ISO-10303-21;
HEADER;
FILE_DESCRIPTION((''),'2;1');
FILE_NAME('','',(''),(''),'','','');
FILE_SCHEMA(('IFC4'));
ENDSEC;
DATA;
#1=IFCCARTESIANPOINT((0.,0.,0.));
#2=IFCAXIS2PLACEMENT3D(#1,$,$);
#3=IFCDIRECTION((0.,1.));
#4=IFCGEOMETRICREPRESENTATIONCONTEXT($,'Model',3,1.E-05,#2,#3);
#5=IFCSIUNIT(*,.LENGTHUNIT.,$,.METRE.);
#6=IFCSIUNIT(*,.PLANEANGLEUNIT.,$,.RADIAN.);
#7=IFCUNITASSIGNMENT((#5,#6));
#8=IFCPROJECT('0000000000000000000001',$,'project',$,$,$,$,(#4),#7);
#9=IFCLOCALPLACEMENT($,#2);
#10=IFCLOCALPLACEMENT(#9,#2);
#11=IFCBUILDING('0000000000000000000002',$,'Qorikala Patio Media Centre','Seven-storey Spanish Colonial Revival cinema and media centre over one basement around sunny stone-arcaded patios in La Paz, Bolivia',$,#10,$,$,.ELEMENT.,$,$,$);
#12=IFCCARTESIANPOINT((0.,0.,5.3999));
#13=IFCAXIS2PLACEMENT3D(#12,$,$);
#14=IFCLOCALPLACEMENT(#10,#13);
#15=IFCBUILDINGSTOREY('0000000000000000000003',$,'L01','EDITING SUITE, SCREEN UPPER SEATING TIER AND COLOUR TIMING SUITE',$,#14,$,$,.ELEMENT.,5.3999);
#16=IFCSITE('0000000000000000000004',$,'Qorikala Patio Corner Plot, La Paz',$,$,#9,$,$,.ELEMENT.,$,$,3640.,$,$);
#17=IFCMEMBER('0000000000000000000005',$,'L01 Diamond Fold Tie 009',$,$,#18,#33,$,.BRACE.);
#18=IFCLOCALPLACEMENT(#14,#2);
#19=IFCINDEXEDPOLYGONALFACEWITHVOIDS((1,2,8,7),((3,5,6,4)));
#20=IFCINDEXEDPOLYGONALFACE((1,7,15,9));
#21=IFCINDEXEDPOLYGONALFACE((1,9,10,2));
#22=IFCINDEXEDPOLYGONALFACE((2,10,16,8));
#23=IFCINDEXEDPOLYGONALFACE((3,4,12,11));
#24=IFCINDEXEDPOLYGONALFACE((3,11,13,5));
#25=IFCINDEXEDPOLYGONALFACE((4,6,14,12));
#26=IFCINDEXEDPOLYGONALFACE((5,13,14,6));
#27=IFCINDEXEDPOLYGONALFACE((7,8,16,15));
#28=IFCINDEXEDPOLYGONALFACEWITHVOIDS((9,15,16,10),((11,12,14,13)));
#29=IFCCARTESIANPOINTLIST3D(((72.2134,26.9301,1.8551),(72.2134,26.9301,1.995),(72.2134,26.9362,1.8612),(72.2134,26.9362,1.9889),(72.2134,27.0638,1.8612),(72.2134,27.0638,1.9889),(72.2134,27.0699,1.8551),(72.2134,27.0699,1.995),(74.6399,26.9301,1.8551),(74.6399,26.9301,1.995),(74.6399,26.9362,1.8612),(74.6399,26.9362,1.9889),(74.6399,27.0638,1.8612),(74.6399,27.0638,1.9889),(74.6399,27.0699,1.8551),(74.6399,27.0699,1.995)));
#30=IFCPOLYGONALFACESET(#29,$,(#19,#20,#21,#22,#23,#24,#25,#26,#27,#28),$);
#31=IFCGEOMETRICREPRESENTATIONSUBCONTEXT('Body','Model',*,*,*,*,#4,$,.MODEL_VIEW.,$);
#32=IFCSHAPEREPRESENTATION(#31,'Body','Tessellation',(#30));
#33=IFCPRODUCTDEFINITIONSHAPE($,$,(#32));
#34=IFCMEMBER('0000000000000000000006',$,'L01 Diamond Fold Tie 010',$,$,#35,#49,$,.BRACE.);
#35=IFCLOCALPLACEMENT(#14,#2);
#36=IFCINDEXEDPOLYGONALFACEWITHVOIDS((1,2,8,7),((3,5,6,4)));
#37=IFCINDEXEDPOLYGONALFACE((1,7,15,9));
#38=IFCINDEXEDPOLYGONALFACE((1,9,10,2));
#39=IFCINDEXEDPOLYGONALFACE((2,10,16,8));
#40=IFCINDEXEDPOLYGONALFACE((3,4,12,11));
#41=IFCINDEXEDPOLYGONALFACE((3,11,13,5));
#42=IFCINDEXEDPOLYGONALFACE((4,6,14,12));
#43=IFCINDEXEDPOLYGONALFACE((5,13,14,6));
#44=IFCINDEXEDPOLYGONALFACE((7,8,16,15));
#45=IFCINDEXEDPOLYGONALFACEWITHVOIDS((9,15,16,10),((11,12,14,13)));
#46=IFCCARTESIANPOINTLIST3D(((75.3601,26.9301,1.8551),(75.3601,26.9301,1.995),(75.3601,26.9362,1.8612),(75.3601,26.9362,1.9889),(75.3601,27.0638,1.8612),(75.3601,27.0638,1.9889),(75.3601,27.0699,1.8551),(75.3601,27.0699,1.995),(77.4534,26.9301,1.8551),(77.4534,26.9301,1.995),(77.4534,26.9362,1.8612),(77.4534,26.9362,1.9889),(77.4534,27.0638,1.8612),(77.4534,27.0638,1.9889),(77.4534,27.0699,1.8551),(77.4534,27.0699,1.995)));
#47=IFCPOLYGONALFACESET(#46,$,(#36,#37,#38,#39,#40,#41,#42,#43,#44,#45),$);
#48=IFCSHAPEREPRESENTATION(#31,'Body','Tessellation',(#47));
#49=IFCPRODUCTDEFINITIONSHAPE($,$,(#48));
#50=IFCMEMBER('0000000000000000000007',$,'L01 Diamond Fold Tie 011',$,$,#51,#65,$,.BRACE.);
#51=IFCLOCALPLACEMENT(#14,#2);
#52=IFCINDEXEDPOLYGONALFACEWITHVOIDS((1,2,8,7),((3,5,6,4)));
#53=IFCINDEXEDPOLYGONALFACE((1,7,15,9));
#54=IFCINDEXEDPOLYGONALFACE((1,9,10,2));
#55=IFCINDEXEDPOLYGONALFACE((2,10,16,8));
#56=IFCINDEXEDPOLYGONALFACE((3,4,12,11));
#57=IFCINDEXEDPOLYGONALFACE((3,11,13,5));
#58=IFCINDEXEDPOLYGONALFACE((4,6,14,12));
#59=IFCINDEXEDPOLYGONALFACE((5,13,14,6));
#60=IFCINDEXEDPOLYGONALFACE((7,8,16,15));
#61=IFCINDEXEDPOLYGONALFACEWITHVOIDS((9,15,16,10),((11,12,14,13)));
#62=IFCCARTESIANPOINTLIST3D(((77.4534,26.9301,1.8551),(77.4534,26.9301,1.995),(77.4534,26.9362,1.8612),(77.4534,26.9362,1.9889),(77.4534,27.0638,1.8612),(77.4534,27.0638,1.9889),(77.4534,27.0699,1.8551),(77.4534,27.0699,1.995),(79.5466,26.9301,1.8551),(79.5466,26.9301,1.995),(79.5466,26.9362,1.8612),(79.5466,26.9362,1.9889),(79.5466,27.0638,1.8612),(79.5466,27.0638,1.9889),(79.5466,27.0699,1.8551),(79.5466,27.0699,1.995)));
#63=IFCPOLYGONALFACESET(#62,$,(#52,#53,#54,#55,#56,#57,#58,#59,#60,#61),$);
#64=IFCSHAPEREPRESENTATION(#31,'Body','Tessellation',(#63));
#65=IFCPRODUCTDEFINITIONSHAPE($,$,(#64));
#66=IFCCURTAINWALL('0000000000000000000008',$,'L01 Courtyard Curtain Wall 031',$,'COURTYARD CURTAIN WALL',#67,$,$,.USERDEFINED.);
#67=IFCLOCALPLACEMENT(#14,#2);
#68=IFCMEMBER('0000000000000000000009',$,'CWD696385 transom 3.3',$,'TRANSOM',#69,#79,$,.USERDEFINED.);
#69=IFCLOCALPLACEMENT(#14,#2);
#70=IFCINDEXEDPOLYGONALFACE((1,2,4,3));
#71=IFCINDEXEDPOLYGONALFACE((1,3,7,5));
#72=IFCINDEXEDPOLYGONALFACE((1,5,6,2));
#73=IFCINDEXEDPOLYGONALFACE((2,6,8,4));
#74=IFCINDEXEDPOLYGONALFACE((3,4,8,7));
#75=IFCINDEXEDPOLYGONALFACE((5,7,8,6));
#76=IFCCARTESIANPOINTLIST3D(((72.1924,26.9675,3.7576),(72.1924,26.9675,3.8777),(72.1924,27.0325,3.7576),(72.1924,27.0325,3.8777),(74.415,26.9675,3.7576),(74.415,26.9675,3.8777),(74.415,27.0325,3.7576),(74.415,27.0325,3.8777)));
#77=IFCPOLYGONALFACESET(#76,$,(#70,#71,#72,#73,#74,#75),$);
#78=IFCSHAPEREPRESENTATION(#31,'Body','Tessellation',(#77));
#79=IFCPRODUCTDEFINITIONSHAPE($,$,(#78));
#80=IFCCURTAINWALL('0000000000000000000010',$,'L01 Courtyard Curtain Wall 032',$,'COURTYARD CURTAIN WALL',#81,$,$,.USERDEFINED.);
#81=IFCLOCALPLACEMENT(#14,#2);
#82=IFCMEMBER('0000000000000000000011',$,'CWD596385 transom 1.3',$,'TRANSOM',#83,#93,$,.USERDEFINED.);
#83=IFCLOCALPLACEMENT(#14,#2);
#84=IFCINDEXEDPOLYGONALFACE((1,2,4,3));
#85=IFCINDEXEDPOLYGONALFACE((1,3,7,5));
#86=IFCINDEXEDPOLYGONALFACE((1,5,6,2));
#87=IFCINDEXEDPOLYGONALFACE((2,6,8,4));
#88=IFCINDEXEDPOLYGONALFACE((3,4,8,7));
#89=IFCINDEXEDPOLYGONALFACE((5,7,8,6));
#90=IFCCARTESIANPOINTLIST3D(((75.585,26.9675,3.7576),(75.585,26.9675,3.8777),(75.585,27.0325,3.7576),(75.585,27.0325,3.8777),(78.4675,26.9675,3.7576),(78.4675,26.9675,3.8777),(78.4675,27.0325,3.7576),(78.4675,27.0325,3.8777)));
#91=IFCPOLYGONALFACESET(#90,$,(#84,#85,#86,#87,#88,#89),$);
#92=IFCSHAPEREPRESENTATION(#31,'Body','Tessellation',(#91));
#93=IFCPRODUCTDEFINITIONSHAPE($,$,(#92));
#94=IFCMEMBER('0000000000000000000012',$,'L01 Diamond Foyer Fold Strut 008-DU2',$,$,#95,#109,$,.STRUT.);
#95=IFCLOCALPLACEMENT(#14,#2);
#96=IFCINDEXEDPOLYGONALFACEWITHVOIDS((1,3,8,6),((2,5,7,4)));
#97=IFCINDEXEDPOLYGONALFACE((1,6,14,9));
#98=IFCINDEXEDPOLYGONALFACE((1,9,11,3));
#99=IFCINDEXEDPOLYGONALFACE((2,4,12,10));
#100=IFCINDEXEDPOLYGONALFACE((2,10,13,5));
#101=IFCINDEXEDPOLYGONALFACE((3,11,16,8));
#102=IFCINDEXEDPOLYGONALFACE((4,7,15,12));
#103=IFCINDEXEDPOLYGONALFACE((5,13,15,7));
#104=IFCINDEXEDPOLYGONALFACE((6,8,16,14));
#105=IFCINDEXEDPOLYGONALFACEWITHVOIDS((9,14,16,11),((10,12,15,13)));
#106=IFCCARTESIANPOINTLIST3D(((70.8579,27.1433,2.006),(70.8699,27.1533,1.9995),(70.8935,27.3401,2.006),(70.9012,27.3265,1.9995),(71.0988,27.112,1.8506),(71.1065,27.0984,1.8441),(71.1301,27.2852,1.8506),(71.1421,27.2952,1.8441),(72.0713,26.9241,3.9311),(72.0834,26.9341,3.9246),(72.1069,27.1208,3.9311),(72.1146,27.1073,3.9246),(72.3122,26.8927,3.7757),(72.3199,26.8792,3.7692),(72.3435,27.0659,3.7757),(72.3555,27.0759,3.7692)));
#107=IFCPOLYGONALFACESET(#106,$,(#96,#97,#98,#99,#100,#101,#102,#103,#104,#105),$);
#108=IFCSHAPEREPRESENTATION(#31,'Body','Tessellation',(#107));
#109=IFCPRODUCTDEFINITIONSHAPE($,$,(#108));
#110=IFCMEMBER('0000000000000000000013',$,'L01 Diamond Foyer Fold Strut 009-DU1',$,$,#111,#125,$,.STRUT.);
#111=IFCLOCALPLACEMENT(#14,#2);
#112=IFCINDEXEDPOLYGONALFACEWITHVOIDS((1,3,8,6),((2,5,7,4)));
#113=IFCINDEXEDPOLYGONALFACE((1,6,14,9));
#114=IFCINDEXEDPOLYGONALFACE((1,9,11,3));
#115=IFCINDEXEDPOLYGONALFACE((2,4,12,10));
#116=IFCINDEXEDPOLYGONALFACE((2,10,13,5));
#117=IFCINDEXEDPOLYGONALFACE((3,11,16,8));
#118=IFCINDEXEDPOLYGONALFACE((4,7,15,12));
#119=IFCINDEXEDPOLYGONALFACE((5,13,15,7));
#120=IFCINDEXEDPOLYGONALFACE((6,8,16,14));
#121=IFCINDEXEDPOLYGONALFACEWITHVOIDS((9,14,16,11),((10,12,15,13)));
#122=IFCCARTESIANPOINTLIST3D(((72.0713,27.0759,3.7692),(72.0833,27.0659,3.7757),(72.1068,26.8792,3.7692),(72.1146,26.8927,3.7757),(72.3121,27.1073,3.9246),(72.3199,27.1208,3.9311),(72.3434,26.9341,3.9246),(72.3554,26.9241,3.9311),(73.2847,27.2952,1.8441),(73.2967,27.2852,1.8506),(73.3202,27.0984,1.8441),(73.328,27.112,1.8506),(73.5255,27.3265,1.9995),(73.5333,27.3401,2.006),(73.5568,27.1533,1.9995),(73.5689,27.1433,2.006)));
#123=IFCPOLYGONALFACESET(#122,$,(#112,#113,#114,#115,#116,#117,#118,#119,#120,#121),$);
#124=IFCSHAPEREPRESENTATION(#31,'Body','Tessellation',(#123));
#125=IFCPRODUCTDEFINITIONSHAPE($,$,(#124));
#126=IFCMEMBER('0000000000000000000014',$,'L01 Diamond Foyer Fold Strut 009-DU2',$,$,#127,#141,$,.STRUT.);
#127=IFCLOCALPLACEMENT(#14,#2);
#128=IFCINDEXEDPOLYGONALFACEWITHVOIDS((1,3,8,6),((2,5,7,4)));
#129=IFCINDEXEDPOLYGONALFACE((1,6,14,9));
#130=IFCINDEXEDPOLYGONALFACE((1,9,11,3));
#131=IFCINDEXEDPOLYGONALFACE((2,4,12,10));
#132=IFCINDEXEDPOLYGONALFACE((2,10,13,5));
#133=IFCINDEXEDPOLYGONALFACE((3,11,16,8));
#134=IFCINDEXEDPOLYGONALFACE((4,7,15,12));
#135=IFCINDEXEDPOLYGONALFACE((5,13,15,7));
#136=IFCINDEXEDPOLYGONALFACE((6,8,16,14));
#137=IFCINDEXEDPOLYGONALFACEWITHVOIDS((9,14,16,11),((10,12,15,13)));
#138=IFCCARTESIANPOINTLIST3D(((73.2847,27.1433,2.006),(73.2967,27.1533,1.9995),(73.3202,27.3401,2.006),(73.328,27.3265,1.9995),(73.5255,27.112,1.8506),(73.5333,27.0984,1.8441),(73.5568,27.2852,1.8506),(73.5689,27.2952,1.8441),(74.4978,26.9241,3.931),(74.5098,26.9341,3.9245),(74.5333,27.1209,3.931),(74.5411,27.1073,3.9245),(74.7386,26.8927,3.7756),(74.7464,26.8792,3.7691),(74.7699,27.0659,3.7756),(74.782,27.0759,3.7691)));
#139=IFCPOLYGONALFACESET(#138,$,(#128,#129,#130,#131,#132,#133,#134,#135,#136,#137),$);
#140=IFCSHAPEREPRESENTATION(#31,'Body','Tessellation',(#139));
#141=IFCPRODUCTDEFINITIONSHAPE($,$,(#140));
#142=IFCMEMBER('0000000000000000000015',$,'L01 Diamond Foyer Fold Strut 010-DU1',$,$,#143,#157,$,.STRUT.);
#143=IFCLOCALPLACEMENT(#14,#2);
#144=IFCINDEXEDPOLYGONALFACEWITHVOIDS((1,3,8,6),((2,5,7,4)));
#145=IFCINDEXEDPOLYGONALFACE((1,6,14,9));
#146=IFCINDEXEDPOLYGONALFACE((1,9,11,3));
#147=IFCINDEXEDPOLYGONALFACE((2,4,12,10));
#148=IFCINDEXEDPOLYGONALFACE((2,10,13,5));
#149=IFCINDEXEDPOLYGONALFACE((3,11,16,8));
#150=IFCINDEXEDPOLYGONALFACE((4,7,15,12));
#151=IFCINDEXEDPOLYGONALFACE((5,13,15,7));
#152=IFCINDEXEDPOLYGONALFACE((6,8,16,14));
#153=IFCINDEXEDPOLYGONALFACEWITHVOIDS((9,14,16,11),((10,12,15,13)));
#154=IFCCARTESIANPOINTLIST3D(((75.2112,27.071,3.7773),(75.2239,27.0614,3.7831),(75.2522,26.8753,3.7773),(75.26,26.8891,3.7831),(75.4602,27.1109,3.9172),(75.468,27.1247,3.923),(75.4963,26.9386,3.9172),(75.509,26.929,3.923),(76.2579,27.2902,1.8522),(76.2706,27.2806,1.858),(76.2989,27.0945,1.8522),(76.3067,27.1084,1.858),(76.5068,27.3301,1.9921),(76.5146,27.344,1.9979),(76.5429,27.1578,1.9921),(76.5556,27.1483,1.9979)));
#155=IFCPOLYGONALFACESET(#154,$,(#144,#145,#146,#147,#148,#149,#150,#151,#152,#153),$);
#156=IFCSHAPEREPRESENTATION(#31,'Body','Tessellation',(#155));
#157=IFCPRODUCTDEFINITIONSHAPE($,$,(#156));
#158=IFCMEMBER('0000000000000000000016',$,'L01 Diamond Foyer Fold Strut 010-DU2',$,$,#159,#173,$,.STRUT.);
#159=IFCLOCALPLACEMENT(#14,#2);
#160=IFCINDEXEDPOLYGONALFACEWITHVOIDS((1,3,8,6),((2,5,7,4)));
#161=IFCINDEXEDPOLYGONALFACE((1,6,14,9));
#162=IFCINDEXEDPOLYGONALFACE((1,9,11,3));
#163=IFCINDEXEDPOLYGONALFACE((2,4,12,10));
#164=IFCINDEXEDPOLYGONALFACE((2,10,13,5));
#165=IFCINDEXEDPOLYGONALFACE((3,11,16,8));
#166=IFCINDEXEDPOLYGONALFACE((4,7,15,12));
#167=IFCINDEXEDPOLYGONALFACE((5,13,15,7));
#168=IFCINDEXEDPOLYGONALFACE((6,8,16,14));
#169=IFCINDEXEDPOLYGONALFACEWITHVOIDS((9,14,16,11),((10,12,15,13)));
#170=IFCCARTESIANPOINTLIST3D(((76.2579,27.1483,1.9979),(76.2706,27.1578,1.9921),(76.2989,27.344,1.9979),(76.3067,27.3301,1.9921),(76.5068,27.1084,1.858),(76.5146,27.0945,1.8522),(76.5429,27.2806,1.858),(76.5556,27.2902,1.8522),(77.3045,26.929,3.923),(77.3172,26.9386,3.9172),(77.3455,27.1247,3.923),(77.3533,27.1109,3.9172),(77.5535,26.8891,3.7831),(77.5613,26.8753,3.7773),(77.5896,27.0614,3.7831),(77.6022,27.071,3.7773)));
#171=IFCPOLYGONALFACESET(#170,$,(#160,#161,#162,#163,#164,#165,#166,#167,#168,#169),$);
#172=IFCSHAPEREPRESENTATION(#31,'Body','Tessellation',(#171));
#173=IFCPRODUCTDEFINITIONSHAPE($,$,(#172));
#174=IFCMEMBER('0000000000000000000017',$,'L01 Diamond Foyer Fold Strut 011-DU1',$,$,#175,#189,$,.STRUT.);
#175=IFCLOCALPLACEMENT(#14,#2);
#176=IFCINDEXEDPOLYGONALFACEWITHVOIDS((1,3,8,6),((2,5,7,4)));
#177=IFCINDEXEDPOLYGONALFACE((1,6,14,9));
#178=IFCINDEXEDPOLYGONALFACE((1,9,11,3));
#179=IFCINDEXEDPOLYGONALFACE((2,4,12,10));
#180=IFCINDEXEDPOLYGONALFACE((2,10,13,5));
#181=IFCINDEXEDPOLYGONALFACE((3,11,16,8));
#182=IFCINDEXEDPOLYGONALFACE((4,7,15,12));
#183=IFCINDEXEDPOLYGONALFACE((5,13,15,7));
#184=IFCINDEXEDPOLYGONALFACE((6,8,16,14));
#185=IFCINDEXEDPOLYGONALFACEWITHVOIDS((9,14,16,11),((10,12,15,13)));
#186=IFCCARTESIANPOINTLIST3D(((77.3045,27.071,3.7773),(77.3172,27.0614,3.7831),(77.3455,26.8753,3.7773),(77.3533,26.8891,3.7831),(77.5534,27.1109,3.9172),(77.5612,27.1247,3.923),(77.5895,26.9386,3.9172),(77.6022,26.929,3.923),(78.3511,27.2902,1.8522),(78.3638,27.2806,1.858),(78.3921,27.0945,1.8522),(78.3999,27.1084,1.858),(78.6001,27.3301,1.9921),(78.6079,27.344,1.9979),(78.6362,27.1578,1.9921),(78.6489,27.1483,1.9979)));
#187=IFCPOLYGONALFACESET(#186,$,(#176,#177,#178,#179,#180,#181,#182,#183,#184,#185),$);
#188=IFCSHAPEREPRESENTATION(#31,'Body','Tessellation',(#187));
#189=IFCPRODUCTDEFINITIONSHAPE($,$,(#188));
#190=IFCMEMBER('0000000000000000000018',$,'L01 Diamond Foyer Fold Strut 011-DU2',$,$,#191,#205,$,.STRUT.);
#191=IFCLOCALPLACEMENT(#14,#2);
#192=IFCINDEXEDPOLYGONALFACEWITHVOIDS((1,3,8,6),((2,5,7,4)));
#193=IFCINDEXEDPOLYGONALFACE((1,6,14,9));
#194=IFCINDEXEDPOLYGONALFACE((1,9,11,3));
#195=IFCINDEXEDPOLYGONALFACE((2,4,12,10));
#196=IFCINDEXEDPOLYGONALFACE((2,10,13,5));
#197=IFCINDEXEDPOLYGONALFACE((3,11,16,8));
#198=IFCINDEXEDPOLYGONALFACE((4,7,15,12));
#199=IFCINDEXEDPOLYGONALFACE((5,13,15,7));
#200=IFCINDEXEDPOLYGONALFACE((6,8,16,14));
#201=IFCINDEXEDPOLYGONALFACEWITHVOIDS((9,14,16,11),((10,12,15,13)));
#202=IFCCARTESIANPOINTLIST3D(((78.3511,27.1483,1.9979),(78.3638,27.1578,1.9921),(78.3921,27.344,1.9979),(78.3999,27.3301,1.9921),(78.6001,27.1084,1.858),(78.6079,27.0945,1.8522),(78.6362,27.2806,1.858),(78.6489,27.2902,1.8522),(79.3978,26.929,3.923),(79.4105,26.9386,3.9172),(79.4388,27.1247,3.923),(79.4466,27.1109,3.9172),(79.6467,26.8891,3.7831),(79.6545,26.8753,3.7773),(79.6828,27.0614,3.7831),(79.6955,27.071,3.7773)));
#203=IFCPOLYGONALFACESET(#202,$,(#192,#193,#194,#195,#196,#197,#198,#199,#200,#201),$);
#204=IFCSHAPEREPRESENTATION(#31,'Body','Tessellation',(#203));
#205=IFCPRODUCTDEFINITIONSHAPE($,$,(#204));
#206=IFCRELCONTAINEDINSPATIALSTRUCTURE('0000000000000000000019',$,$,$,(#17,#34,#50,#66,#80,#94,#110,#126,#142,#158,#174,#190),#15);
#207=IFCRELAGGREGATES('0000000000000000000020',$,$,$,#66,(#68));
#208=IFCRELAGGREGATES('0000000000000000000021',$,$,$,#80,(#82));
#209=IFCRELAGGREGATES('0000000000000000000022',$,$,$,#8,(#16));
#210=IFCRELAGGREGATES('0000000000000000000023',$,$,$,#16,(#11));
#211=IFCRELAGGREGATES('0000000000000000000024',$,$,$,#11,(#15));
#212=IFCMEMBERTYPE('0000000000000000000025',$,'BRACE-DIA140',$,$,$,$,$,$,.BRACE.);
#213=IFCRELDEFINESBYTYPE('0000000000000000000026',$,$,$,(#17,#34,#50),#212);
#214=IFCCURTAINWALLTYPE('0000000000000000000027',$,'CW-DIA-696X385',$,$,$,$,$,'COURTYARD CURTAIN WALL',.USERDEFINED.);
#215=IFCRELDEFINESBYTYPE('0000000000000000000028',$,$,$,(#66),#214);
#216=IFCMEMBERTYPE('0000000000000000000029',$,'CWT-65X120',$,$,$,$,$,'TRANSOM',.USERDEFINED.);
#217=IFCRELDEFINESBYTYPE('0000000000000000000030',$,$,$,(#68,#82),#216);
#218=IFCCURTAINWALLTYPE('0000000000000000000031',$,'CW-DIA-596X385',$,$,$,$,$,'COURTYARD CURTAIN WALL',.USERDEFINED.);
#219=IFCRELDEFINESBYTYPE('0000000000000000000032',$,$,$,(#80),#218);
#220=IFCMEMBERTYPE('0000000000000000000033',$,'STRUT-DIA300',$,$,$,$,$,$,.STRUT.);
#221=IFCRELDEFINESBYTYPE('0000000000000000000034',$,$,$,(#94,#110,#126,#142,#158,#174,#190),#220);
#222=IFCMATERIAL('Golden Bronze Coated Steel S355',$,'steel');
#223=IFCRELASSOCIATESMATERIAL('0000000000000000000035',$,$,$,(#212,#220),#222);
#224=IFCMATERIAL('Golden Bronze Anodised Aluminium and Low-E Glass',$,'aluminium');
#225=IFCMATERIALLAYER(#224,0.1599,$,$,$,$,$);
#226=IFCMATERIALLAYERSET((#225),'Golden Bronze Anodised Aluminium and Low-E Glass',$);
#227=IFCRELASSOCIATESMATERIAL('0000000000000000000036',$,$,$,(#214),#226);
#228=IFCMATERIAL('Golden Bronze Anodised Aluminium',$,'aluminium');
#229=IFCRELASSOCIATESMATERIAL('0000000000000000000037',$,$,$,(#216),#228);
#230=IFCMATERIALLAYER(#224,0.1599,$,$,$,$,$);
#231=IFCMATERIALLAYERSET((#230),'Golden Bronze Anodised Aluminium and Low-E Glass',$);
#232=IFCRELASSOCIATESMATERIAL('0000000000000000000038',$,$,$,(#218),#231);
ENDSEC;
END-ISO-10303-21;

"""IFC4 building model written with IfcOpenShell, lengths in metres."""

from ifc_helpers import new_model, si_unit, direction, frame, origin, origin_2d, place, context, subcontext, project, spatial, rectangle, hollow_rectangle, extrude, material, layer, layer_set, material_profile, profile_set, type_object, element, aggregate, save


model = new_model("IFC4")

# Units and contexts
model_context = context("Model", 3, precision=1e-05, world=origin(), true_north=direction((0.0, 1.0)))
body_context = subcontext(model_context, "Body", "Model", "MODEL_VIEW")
ifc_project = project(units=[si_unit("LENGTHUNIT", "METRE"), si_unit("PLANEANGLEUNIT", "RADIAN")], contexts=[model_context])

# Site, building, storey
site_placement = place(None, origin())
site = spatial("IfcSite", under=ifc_project, at=site_placement, Name="Qorikala Patio Corner Plot, La Paz", CompositionType="ELEMENT", RefElevation=3640.0)
building_placement = place(site_placement, origin())
building = spatial("IfcBuilding", under=site, at=building_placement, Name="Qorikala Patio Media Centre", Description="Seven-storey Spanish Colonial Revival cinema and media centre over one basement around sunny stone-arcaded patios in La Paz, Bolivia", CompositionType="ELEMENT")
storey_placement = place(building_placement, frame((0.0, 0.0, 5.3999)))
storey = spatial("IfcBuildingStorey", under=building, at=storey_placement, Name="L01", Description="EDITING SUITE, SCREEN UPPER SEATING TIER AND COLOUR TIMING SUITE", CompositionType="ELEMENT", Elevation=5.3999)

# Members
ifc_material_1 = material(Name="Golden Bronze Coated Steel S355", Category="steel")
ifc_material_profile_1 = material_profile(ifc_material_1, hollow_rectangle(XDim=0.1399, YDim=0.1399, WallThickness=0.0061, at=origin_2d()), Name="HSS140X140X6")
ifc_profile_set_1 = profile_set([ifc_material_profile_1], Name="Golden Bronze Coated Steel S355")
member_type_1 = type_object("IfcMemberType", Name="BRACE-DIA140", PredefinedType="BRACE", material=ifc_profile_set_1)
member_1_placement = place(storey_placement, frame((72.2134, 27.0, 1.925), z_axis=(1.0, 0.0, 0.0), x_axis=(0.0, 1.0, 0.0)))
element("IfcMember", 1, at=member_1_placement, inside=storey, type_object=member_type_1, Name="L01 Diamond Fold Tie 009", PredefinedType="BRACE", context=body_context, shape_type="SweptSolid", body=[
    extrude(hollow_rectangle(XDim=0.1399, YDim=0.1399, WallThickness=0.0061, at=origin_2d()), origin(), (0.0, 0.0, 1.0), 2.4265),
])
for number, where, z_axis, x_axis, name in (
    (2, (75.3601, 27.0, 1.925), (1.0, 0.0, 0.0), (0.0, 1.0, 0.0), "L01 Diamond Fold Tie 010"),
    (3, (77.4534, 27.0, 1.925), (1.0, 0.0, 0.0), (0.0, 1.0, 0.0), "L01 Diamond Fold Tie 011"),
):
    element("IfcMember", number, at=place(storey_placement, frame(where, z_axis=z_axis, x_axis=x_axis)), inside=storey, type_object=member_type_1, Name=name, PredefinedType="BRACE", context=body_context, shape_type="SweptSolid", body=[
        extrude(hollow_rectangle(XDim=0.1399, YDim=0.1399, WallThickness=0.0061, at=origin_2d()), origin(), (0.0, 0.0, 1.0), 2.0933),
    ])

# Curtain walls, members
ifc_material_2 = material(Name="Golden Bronze Anodised Aluminium and Low-E Glass", Category="aluminium")
ifc_layer_1 = layer(ifc_material_2, 0.1599)
ifc_layer_set_1 = layer_set([ifc_layer_1], Name="Golden Bronze Anodised Aluminium and Low-E Glass")
curtain_wall_type_1 = type_object("IfcCurtainWallType", Name="CW-DIA-696X385", ElementType="COURTYARD CURTAIN WALL", PredefinedType="USERDEFINED", material=ifc_layer_set_1)
curtain_wall_1_placement = place(storey_placement, origin())
curtain_wall_1 = element("IfcCurtainWall", 4, at=curtain_wall_1_placement, inside=storey, type_object=curtain_wall_type_1, Name="L01 Courtyard Curtain Wall 031", ObjectType="COURTYARD CURTAIN WALL", PredefinedType="USERDEFINED")
ifc_material_3 = material(Name="Golden Bronze Anodised Aluminium", Category="aluminium")
ifc_material_profile_2 = material_profile(ifc_material_3, rectangle(XDim=0.0649, YDim=0.1201, at=origin_2d()), Name="ALU TRANSOM 65x120")
ifc_profile_set_2 = profile_set([ifc_material_profile_2], Name="Golden Bronze Anodised Aluminium")
member_type_2 = type_object("IfcMemberType", Name="CWT-65X120", ElementType="TRANSOM", PredefinedType="USERDEFINED", material=ifc_profile_set_2)
member_2_placement = place(storey_placement, frame((72.1924, 27.0, 3.8176), z_axis=(1.0, 0.0, 0.0), x_axis=(0.0, 1.0, 0.0)))
member_2 = element("IfcMember", 5, at=member_2_placement, type_object=member_type_2, Name="CWD696385 transom 3.3", ObjectType="TRANSOM", PredefinedType="USERDEFINED", context=body_context, shape_type="SweptSolid", body=[
    extrude(rectangle(XDim=0.0649, YDim=0.1201, at=origin_2d()), origin(), (0.0, 0.0, 1.0), 2.2227),
])
aggregate(curtain_wall_1, [member_2])
ifc_layer_2 = layer(ifc_material_2, 0.1599)
ifc_layer_set_2 = layer_set([ifc_layer_2], Name="Golden Bronze Anodised Aluminium and Low-E Glass")
curtain_wall_type_2 = type_object("IfcCurtainWallType", Name="CW-DIA-596X385", ElementType="COURTYARD CURTAIN WALL", PredefinedType="USERDEFINED", material=ifc_layer_set_2)
curtain_wall_2_placement = place(storey_placement, origin())
curtain_wall_2 = element("IfcCurtainWall", 6, at=curtain_wall_2_placement, inside=storey, type_object=curtain_wall_type_2, Name="L01 Courtyard Curtain Wall 032", ObjectType="COURTYARD CURTAIN WALL", PredefinedType="USERDEFINED")
member_3_placement = place(storey_placement, frame((75.585, 27.0, 3.8176), z_axis=(1.0, 0.0, 0.0), x_axis=(0.0, 1.0, 0.0)))
member_3 = element("IfcMember", 7, at=member_3_placement, type_object=member_type_2, Name="CWD596385 transom 1.3", ObjectType="TRANSOM", PredefinedType="USERDEFINED", context=body_context, shape_type="SweptSolid", body=[
    extrude(rectangle(XDim=0.0649, YDim=0.1201, at=origin_2d()), origin(), (0.0, 0.0, 1.0), 2.8826),
])
aggregate(curtain_wall_2, [member_3])

# Members
ifc_material_profile_3 = material_profile(ifc_material_1, hollow_rectangle(XDim=0.2, YDim=0.3, WallThickness=0.012, at=origin_2d()), Name="HSS300X200X12")
ifc_profile_set_3 = profile_set([ifc_material_profile_3], Name="Golden Bronze Coated Steel S355")
member_type_3 = type_object("IfcMemberType", Name="STRUT-DIA300", PredefinedType="STRUT", material=ifc_profile_set_3)
for number, where, z_axis, x_axis, name in (
    (8, (71.0, 27.2192, 1.925), (0.530768, -0.095901, 0.842074), (0.177805, 0.984066, 0.0), "L01 Diamond Foyer Fold Strut 008-DU2"),
    (9, (73.4268, 27.2192, 1.925), (-0.530768, -0.095901, 0.842074), (0.177805, -0.984066, 0.0), "L01 Diamond Foyer Fold Strut 009-DU1"),
):
    element("IfcMember", number, at=place(storey_placement, frame(where, z_axis=z_axis, x_axis=x_axis)), inside=storey, type_object=member_type_3, Name=name, PredefinedType="STRUT", context=body_context, shape_type="SweptSolid", body=[
        extrude(hollow_rectangle(XDim=0.2, YDim=0.3, WallThickness=0.012, at=origin_2d()), origin(), (0.0, 0.0, 1.0), 2.2861),
    ])
member_4_placement = place(storey_placement, frame((73.4268, 27.2192, 1.925), z_axis=(0.530691, -0.095907, 0.842121), x_axis=(0.17784, 0.984059, 0.0)))
element("IfcMember", 10, at=member_4_placement, inside=storey, type_object=member_type_3, Name="L01 Diamond Foyer Fold Strut 009-DU2", PredefinedType="STRUT", context=body_context, shape_type="SweptSolid", body=[
    extrude(hollow_rectangle(XDim=0.2, YDim=0.3, WallThickness=0.012, at=origin_2d()), origin(), (0.0, 0.0, 1.0), 2.2859),
])
for number, where, z_axis, x_axis, name in (
    (11, (76.4067, 27.2192, 1.925), (-0.475284, -0.099558, 0.874181), (0.205021, -0.978758, 0.0), "L01 Diamond Foyer Fold Strut 010-DU1"),
    (12, (76.4067, 27.2192, 1.925), (0.475284, -0.099558, 0.874181), (0.205021, 0.978758, 0.0), "L01 Diamond Foyer Fold Strut 010-DU2"),
    (13, (78.5, 27.2192, 1.925), (-0.475284, -0.099558, 0.874181), (0.205021, -0.978758, 0.0), "L01 Diamond Foyer Fold Strut 011-DU1"),
    (14, (78.5, 27.2192, 1.925), (0.475284, -0.099558, 0.874181), (0.205021, 0.978758, 0.0), "L01 Diamond Foyer Fold Strut 011-DU2"),
):
    element("IfcMember", number, at=place(storey_placement, frame(where, z_axis=z_axis, x_axis=x_axis)), inside=storey, type_object=member_type_3, Name=name, PredefinedType="STRUT", context=body_context, shape_type="SweptSolid", body=[
        extrude(hollow_rectangle(XDim=0.2, YDim=0.3, WallThickness=0.012, at=origin_2d()), origin(), (0.0, 0.0, 1.0), 2.2021),
    ])

save(model, "model.ifc")
